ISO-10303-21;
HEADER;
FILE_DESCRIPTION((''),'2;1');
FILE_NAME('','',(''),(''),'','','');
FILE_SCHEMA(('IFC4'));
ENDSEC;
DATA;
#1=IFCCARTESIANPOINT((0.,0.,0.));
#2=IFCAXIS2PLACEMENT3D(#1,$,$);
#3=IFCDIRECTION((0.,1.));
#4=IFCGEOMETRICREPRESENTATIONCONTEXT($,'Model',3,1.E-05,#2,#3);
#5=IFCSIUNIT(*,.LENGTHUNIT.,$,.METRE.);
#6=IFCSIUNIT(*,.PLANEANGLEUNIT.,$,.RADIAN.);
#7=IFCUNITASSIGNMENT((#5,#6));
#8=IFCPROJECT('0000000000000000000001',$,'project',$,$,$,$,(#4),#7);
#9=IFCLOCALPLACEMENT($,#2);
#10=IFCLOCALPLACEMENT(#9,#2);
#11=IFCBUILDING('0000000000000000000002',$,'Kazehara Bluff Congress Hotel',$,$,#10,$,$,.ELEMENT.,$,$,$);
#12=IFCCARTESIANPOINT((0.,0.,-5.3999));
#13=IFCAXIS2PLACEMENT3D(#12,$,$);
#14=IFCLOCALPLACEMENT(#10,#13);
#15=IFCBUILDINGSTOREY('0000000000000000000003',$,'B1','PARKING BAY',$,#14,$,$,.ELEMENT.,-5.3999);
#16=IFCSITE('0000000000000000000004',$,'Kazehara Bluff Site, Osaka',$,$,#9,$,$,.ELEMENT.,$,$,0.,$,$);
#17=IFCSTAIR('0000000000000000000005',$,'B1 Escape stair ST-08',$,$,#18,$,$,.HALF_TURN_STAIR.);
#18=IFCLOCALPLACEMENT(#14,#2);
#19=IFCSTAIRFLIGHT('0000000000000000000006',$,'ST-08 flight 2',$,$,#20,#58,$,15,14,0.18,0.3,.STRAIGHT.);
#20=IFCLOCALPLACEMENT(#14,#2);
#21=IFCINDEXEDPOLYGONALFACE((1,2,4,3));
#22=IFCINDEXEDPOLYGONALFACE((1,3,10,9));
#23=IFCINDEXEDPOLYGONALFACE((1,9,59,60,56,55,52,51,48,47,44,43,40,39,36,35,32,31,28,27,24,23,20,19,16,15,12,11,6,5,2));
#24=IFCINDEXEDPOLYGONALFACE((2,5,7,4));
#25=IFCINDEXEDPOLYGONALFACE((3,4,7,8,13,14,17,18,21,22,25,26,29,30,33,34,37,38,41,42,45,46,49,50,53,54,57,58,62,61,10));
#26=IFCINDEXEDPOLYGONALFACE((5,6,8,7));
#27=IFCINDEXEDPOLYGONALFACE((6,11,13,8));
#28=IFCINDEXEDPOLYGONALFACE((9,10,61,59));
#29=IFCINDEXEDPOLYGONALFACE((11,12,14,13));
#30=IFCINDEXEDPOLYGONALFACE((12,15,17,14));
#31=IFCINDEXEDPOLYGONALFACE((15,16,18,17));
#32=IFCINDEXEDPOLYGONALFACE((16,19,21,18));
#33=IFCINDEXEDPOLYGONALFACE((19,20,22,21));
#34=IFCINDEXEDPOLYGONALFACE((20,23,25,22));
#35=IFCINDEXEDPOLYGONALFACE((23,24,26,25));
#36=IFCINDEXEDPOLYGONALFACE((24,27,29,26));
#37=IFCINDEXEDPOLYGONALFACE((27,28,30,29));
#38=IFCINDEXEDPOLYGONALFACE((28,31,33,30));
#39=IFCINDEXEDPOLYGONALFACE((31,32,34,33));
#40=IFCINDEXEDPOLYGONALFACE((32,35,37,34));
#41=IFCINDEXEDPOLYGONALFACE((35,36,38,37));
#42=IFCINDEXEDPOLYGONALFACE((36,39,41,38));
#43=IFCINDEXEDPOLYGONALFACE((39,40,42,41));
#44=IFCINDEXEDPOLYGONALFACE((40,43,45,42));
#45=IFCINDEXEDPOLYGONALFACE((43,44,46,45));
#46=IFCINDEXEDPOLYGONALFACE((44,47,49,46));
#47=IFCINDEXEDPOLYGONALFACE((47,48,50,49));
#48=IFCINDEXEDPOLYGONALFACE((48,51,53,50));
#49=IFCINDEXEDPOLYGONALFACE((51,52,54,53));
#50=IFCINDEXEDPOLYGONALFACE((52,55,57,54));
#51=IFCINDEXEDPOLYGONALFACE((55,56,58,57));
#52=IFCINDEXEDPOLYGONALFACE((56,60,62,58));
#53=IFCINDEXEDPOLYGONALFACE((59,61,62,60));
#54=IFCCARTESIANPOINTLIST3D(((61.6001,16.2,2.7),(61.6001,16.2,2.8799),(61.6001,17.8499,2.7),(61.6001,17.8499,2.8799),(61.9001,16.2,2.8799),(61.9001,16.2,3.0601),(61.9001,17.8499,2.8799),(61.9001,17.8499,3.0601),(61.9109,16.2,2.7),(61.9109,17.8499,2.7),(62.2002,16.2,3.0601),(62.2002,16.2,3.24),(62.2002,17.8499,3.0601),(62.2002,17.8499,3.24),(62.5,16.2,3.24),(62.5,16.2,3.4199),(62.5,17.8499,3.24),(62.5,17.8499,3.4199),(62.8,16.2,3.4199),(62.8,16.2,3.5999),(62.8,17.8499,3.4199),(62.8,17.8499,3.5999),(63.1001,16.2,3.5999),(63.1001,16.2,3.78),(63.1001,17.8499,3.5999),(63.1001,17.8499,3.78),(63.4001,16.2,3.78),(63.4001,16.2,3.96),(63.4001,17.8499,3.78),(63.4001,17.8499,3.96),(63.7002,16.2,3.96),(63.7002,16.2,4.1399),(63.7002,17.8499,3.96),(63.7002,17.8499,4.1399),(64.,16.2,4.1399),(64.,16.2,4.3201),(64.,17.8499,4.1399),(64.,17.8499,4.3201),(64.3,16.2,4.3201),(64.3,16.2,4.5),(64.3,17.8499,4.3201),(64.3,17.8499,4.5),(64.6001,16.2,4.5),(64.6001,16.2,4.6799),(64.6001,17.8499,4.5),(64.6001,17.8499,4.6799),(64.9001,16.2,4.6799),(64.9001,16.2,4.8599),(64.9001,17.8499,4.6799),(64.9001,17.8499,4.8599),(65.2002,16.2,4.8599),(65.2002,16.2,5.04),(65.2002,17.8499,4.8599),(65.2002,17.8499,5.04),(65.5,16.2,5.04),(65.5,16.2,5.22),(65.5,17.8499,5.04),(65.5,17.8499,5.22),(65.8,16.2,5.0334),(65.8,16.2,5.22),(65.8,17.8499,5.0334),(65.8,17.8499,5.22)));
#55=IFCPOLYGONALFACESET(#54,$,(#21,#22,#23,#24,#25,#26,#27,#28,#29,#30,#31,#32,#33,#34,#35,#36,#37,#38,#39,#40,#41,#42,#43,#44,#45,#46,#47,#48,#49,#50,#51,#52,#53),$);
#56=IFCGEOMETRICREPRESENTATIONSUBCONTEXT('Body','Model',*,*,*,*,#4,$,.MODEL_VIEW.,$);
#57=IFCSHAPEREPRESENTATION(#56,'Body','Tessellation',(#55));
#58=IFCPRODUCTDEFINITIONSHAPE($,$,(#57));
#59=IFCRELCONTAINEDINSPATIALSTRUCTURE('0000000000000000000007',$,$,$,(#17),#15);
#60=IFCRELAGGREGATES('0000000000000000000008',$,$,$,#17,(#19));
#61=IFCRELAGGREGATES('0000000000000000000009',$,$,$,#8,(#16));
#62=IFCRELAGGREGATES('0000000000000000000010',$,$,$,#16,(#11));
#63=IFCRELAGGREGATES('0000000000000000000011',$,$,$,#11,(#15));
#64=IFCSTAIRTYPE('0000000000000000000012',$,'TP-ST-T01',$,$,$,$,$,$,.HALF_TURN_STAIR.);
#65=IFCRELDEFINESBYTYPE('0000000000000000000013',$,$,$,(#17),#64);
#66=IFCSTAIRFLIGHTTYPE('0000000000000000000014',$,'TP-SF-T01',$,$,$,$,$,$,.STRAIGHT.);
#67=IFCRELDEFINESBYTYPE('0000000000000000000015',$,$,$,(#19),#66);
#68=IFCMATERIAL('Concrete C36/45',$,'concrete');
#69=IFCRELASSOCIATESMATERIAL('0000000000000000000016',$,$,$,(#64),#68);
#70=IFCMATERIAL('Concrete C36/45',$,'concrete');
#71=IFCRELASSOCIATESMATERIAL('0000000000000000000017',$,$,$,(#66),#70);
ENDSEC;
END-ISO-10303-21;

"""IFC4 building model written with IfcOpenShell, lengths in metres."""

from ifc_helpers import new_model, si_unit, direction, frame, origin, place, context, subcontext, project, spatial, polyline, outline, extrude, material, type_object, element, aggregate, save


model = new_model("IFC4")

# Units and contexts
model_context = context("Model", 3, precision=1e-05, world=origin(), true_north=direction((0.0, 1.0)))
body_context = subcontext(model_context, "Body", "Model", "MODEL_VIEW")
ifc_project = project(units=[si_unit("LENGTHUNIT", "METRE"), si_unit("PLANEANGLEUNIT", "RADIAN")], contexts=[model_context])

# Site, building, storey
site_placement = place(None, origin())
site = spatial("IfcSite", under=ifc_project, at=site_placement, Name="Kazehara Bluff Site, Osaka", CompositionType="ELEMENT", RefElevation=0.0)
building_placement = place(site_placement, origin())
building = spatial("IfcBuilding", under=site, at=building_placement, Name="Kazehara Bluff Congress Hotel", CompositionType="ELEMENT")
storey_placement = place(building_placement, frame((0.0, 0.0, -5.3999)))
storey = spatial("IfcBuildingStorey", under=building, at=storey_placement, Name="B1", Description="PARKING BAY", CompositionType="ELEMENT", Elevation=-5.3999)

# Stair, stair flight
ifc_material_1 = material(Name="Concrete C36/45", Category="concrete")
stair_type = type_object("IfcStairType", Name="TP-ST-T01", PredefinedType="HALF_TURN_STAIR", material=ifc_material_1)
stair_placement = place(storey_placement, origin())
stair = element("IfcStair", 1, at=stair_placement, inside=storey, type_object=stair_type, Name="B1 Escape stair ST-08", PredefinedType="HALF_TURN_STAIR")
ifc_material_2 = material(Name="Concrete C36/45", Category="concrete")
stair_flight_type = type_object("IfcStairFlightType", Name="TP-SF-T01", PredefinedType="STRAIGHT", material=ifc_material_2)
stair_flight_1_placement = place(storey_placement, frame((61.6001, 17.0249, 2.7), z_axis=(0.0, 0.0, 1.0), x_axis=(1.0, 0.0, 0.0)))
stair_flight_1 = element("IfcStairFlight", 2, at=stair_flight_1_placement, type_object=stair_flight_type, Name="ST-08 flight 2", NumberOfRisers=15, NumberOfTreads=14, PredefinedType="STRAIGHT", RiserHeight=0.18, TreadLength=0.3, context=body_context, shape_type="SweptSolid", body=[
    extrude(outline(polyline([(0.0, 0.0), (0.0, 0.1799), (0.3, 0.1799), (0.3, 0.3601), (0.6001, 0.3601), (0.6001, 0.54), (0.8999, 0.54), (0.8999, 0.72), (1.2, 0.72), (1.2, 0.8999), (1.5, 0.8999), (1.5, 1.0801), (1.8, 1.0801), (1.8, 1.26), (2.1001, 1.26), (2.1001, 1.4399), (2.3999, 1.4399), (2.3999, 1.6201), (2.7, 1.6201), (2.7, 1.8), (3.0, 1.8), (3.0, 1.98), (3.3, 1.98), (3.3, 2.1599), (3.6001, 2.1599), (3.6001, 2.3401), (3.8999, 2.3401), (3.8999, 2.52), (4.2, 2.52), (4.2, 2.7), (4.2, 2.3335), (0.3108, 0.0), (0.0, 0.0)])), frame((0.0, 0.825, 0.0), z_axis=(0.0, -1.0, 0.0), x_axis=(1.0, 0.0, 0.0)), (0.0, 0.0, 1.0), 1.6499),
])
aggregate(stair, [stair_flight_1])

save(model, "model.ifc")
